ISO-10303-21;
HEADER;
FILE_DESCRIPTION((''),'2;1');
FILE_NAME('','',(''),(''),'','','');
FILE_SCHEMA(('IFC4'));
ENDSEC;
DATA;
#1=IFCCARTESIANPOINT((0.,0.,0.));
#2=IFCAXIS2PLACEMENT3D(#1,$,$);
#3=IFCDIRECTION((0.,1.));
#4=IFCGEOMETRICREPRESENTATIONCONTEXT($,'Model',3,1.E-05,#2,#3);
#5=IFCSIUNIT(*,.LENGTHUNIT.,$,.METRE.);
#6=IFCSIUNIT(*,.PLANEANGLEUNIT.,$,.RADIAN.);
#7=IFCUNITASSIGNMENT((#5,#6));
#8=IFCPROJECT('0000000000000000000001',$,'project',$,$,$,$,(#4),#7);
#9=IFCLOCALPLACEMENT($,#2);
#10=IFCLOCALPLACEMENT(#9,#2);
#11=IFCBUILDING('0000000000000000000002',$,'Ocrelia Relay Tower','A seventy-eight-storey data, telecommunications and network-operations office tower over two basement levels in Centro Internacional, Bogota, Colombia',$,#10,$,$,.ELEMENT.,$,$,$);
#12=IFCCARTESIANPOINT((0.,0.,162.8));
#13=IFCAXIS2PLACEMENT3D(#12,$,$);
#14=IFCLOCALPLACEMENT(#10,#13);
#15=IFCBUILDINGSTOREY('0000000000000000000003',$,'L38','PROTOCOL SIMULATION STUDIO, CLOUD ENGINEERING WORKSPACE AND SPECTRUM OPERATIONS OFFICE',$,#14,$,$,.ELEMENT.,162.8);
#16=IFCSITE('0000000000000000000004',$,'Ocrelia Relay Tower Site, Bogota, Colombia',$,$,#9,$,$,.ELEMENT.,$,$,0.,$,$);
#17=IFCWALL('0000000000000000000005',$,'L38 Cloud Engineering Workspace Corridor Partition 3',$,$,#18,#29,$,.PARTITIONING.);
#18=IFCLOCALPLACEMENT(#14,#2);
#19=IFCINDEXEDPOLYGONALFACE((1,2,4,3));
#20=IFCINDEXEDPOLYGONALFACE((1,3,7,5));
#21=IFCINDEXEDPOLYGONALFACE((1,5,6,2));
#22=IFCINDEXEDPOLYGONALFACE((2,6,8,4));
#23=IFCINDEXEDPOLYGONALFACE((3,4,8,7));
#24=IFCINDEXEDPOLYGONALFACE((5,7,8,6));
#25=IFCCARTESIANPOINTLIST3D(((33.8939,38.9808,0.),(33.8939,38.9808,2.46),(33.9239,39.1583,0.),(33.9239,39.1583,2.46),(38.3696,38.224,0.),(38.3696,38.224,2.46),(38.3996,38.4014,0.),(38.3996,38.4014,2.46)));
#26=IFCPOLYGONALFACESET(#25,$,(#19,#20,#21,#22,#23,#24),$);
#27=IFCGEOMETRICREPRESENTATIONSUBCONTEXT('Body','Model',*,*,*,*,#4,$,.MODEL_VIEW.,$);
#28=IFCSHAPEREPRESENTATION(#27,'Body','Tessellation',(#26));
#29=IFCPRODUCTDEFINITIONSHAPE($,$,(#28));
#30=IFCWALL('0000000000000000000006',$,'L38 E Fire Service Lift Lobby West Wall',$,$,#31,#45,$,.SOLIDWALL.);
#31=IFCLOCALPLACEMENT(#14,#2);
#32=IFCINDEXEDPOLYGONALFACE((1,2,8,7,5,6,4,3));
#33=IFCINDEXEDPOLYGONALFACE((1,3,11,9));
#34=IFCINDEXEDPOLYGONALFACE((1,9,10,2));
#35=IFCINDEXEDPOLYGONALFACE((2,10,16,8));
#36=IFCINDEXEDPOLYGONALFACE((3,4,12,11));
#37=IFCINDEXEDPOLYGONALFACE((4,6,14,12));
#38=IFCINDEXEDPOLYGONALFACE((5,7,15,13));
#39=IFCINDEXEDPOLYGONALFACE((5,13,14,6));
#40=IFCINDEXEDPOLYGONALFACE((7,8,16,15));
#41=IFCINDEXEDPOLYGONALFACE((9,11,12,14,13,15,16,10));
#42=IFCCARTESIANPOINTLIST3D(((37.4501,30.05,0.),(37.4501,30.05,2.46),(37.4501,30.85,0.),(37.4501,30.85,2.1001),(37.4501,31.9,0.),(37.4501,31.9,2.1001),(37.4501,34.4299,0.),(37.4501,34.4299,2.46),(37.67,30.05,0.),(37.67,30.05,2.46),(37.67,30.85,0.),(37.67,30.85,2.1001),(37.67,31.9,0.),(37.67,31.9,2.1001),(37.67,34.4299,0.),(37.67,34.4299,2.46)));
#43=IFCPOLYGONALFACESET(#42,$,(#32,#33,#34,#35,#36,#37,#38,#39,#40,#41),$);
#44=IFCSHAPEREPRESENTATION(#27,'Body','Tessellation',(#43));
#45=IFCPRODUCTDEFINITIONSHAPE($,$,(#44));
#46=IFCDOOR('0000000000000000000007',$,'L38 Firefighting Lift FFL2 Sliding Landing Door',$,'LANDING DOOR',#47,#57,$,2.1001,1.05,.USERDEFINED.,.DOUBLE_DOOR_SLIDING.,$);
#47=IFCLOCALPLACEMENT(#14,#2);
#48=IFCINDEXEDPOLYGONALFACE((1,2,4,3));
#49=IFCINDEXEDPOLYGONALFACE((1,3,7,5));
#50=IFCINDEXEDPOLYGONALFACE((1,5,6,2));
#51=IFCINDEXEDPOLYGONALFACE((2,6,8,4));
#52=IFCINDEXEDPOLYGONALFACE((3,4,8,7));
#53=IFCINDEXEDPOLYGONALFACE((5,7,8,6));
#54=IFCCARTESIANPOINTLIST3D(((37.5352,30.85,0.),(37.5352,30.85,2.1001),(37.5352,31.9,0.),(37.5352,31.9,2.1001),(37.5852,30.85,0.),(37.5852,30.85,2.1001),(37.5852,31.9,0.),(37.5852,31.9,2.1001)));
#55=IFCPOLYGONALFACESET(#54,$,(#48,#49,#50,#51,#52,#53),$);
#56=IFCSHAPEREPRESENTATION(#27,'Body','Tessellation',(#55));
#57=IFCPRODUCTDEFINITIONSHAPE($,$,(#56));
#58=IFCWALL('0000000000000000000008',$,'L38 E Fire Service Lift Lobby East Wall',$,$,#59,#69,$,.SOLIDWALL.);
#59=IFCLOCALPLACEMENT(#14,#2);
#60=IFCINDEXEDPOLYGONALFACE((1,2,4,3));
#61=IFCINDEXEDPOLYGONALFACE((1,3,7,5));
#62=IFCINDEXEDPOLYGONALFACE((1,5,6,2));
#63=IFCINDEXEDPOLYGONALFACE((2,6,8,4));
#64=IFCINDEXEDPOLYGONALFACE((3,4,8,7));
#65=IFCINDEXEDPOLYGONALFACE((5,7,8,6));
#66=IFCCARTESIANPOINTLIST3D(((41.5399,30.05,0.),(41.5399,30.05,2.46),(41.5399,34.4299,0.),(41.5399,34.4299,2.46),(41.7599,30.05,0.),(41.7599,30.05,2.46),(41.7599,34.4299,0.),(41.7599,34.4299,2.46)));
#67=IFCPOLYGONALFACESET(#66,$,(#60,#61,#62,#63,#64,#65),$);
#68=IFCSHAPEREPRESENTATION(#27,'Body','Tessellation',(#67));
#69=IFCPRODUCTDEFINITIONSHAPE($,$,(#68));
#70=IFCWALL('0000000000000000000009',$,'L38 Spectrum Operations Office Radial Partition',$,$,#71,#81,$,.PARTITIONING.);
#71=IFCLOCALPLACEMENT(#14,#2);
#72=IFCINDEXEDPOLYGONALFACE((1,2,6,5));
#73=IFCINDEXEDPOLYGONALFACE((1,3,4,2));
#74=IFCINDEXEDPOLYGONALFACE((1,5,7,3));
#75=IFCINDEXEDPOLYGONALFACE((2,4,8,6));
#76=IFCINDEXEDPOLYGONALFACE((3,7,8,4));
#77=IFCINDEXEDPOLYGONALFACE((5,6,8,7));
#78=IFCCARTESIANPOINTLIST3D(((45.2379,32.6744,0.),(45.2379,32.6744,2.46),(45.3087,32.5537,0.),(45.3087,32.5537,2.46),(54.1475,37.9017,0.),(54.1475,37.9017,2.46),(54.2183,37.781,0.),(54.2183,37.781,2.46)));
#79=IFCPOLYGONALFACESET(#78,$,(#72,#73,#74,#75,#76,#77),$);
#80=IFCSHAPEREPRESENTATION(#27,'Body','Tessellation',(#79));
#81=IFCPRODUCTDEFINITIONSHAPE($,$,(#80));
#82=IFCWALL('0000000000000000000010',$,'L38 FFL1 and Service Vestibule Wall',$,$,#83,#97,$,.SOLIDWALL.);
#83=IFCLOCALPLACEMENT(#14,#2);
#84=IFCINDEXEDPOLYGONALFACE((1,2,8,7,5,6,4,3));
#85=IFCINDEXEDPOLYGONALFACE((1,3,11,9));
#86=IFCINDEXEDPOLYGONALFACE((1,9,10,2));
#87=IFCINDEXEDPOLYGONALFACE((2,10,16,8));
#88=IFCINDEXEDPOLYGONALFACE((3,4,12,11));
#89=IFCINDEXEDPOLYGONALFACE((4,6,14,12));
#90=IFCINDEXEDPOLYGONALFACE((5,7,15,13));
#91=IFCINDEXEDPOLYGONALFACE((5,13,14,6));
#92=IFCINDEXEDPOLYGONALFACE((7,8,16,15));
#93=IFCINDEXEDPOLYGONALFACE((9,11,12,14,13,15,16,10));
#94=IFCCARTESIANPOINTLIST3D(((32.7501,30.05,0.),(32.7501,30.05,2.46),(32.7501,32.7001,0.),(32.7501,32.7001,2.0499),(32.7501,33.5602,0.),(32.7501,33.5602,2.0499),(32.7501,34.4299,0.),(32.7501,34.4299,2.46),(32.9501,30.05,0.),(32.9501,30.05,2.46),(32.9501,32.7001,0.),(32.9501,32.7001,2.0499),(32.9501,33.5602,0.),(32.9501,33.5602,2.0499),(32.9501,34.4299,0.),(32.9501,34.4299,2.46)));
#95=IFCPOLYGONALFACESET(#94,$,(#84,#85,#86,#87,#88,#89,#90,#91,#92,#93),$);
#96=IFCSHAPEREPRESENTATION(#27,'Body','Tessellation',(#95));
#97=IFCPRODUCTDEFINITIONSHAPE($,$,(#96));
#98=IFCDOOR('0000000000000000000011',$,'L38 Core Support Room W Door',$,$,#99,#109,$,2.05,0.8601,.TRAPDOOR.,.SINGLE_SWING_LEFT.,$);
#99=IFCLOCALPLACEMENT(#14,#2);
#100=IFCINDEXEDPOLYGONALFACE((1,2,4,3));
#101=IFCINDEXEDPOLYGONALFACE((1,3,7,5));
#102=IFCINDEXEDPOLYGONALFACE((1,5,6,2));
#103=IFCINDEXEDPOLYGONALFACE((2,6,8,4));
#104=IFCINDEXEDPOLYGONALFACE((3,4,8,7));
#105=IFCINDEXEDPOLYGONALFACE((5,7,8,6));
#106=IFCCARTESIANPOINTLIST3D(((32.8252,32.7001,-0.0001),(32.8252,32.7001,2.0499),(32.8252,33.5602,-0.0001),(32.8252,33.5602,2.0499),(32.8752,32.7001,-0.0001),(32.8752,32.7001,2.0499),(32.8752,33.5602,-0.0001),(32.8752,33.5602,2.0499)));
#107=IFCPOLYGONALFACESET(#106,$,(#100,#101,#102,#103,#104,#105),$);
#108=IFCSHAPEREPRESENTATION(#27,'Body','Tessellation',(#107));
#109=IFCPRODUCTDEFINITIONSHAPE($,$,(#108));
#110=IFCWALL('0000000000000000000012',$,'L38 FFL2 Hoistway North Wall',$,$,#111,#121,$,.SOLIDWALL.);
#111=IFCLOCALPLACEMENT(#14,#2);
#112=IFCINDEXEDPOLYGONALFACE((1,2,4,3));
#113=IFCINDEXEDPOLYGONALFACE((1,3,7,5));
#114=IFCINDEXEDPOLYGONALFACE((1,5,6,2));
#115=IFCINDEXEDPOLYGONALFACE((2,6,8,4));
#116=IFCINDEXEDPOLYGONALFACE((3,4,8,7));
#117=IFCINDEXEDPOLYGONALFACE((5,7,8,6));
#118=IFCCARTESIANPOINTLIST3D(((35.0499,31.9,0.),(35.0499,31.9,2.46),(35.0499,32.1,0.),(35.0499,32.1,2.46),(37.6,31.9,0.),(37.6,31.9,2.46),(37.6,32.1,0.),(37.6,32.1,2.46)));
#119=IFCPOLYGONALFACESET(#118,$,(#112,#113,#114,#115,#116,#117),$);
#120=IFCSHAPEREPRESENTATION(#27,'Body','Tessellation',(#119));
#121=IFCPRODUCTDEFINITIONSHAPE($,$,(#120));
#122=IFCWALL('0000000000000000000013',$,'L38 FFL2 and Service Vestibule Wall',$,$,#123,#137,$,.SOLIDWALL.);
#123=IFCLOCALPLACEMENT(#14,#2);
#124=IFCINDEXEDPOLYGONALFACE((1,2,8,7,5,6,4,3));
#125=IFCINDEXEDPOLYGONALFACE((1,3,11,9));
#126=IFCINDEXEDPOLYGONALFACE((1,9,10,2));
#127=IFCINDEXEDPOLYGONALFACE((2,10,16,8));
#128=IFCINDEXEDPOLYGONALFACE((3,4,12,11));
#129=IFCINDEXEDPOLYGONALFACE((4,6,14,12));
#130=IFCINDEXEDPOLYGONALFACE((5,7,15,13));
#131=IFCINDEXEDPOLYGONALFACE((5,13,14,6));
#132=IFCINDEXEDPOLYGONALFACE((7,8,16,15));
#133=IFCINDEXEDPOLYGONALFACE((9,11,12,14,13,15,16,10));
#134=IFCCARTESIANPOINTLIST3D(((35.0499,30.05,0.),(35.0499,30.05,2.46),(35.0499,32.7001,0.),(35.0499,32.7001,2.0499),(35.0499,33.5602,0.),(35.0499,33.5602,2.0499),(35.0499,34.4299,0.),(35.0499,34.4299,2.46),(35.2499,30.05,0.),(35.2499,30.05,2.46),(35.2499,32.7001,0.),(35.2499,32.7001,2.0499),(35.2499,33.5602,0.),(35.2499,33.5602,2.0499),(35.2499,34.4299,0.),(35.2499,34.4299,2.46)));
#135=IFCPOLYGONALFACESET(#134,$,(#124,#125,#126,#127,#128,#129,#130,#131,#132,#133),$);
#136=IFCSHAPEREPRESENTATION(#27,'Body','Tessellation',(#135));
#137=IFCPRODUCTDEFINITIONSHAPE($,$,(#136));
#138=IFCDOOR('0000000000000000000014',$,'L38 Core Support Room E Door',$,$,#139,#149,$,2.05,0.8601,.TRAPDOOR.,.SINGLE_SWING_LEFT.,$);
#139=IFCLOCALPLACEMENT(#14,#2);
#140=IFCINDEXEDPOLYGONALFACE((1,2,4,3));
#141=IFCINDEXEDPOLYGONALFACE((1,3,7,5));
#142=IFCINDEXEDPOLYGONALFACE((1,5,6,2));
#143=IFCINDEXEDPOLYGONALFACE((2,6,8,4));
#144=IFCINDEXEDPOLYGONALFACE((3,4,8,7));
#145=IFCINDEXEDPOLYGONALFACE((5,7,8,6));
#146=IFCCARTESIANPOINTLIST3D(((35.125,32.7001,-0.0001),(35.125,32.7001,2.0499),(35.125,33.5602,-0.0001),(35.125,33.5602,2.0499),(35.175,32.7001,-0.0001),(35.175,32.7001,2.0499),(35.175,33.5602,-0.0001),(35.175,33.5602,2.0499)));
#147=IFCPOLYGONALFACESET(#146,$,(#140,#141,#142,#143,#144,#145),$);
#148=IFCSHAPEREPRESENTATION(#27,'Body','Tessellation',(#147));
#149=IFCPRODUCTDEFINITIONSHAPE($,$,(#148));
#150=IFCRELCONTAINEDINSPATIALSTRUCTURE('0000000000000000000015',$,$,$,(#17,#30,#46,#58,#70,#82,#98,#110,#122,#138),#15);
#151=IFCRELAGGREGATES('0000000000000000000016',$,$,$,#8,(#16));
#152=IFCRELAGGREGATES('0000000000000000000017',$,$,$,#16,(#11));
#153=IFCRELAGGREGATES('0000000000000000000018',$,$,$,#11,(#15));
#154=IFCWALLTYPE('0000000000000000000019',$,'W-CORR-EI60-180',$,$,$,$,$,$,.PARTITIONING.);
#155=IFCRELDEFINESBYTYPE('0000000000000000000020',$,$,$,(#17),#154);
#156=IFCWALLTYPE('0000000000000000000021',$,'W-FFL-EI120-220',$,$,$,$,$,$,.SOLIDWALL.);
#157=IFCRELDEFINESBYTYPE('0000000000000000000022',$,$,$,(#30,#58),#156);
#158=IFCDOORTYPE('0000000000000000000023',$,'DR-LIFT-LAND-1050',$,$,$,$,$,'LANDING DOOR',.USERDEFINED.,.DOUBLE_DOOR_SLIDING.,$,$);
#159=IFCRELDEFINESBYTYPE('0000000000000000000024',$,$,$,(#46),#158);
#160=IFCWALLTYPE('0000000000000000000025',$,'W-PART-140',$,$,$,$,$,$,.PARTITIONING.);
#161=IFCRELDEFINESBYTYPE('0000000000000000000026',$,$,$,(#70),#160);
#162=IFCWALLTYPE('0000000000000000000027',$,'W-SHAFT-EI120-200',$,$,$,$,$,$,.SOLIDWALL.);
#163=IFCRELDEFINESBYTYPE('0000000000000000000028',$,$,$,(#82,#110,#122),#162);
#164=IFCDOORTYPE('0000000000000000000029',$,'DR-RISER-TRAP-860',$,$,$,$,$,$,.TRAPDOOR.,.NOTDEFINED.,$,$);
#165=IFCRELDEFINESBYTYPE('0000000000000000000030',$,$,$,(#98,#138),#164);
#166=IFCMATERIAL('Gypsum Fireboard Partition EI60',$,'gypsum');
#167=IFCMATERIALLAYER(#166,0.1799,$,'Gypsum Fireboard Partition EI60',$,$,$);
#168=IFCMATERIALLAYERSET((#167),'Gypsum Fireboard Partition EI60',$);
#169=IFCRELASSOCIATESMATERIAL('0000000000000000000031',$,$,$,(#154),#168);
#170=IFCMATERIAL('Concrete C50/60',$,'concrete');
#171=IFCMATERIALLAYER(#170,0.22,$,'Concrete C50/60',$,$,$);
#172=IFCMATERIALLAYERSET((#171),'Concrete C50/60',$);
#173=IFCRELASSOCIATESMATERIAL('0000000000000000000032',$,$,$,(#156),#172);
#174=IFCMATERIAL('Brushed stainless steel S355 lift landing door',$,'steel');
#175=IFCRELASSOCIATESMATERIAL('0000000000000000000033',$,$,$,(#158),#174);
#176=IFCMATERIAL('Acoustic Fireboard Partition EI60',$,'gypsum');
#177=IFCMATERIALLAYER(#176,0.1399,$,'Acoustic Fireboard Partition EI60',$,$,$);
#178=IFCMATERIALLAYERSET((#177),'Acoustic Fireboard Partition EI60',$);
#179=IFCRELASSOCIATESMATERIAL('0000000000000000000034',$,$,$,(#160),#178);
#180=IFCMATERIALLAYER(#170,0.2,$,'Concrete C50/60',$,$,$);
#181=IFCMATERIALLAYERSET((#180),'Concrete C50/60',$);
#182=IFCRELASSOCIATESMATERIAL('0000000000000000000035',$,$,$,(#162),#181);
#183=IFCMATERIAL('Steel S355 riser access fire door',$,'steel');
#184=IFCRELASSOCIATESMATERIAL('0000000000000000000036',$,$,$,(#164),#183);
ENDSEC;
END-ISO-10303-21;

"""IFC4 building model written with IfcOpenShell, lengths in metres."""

from ifc_helpers import new_model, si_unit, direction, frame, frame_2d, origin, place, context, subcontext, project, spatial, rectangle, extrude, material, layer, layer_set, type_object, element, fill, save


model = new_model("IFC4")

# Units and contexts
model_context = context("Model", 3, precision=1e-05, world=origin(), true_north=direction((0.0, 1.0)))
body_context = subcontext(model_context, "Body", "Model", "MODEL_VIEW")
ifc_project = project(units=[si_unit("LENGTHUNIT", "METRE"), si_unit("PLANEANGLEUNIT", "RADIAN")], contexts=[model_context])

# Site, building, storey
site_placement = place(None, origin())
site = spatial("IfcSite", under=ifc_project, at=site_placement, Name="Ocrelia Relay Tower Site, Bogota, Colombia", CompositionType="ELEMENT", RefElevation=0.0)
building_placement = place(site_placement, origin())
building = spatial("IfcBuilding", under=site, at=building_placement, Name="Ocrelia Relay Tower", Description="A seventy-eight-storey data, telecommunications and network-operations office tower over two basement levels in Centro Internacional, Bogota, Colombia", CompositionType="ELEMENT")
storey_placement = place(building_placement, frame((0.0, 0.0, 162.8)))
storey = spatial("IfcBuildingStorey", under=building, at=storey_placement, Name="L38", Description="PROTOCOL SIMULATION STUDIO, CLOUD ENGINEERING WORKSPACE AND SPECTRUM OPERATIONS OFFICE", CompositionType="ELEMENT", Elevation=162.8)

# Shared definitions
ifc_material_1 = material(Name="Gypsum Fireboard Partition EI60", Category="gypsum")
ifc_layer_1 = layer(ifc_material_1, 0.1799, Name="Gypsum Fireboard Partition EI60")
ifc_layer_set_1 = layer_set([ifc_layer_1], Name="Gypsum Fireboard Partition EI60")
wall_type_1 = type_object("IfcWallType", Name="W-CORR-EI60-180", PredefinedType="PARTITIONING", material=ifc_layer_set_1)

# Wall
wall_1_placement = place(storey_placement, frame((38.3845, 38.3127, 0.0), z_axis=(0.0, 0.0, 1.0), x_axis=(-0.986003, 0.166727, 0.0)))
element("IfcWall", 1, at=wall_1_placement, inside=storey, type_object=wall_type_1, Name="L38 Cloud Engineering Workspace Corridor Partition 3", PredefinedType="PARTITIONING", context=body_context, shape_type="SweptSolid", body=[
    extrude(rectangle(XDim=4.5393, YDim=0.1799, at=frame_2d((2.2695, 0.0))), origin(), (0.0, 0.0, 1.0), 2.46),
])

# Wall, opening, door
ifc_material_2 = material(Name="Concrete C50/60", Category="concrete")
ifc_layer_2 = layer(ifc_material_2, 0.22, Name="Concrete C50/60")
ifc_layer_set_2 = layer_set([ifc_layer_2], Name="Concrete C50/60")
wall_type_2 = type_object("IfcWallType", Name="W-FFL-EI120-220", PredefinedType="SOLIDWALL", material=ifc_layer_set_2)
wall_2_placement = place(storey_placement, frame((37.5601, 30.05, 0.0), z_axis=(0.0, 0.0, 1.0), x_axis=(0.0, 1.0, 0.0)))
wall_2 = element("IfcWall", 2, at=wall_2_placement, inside=storey, type_object=wall_type_2, Name="L38 E Fire Service Lift Lobby West Wall", PredefinedType="SOLIDWALL", context=body_context, shape_type="SweptSolid", body=[
    extrude(rectangle(XDim=4.3799, YDim=0.22, at=frame_2d((2.1899, 0.0))), origin(), (0.0, 0.0, 1.0), 2.46),
])
opening_1_placement = place(wall_2_placement, frame((0.8, 0.0, 0.0)))
opening_1 = element("IfcOpeningElement", 3, at=opening_1_placement, cuts=wall_2, PredefinedType="OPENING", context=body_context, shape_type="SweptSolid", body=[
    extrude(rectangle(XDim=1.05, YDim=2.1001, at=frame_2d((0.5249, 1.05))), frame((0.0, 0.1201, 0.0), z_axis=(0.0, -1.0, 0.0), x_axis=(1.0, 0.0, 0.0)), (0.0, 0.0, 1.0), 0.24),
])
ifc_material_3 = material(Name="Brushed stainless steel S355 lift landing door", Category="steel")
door_type_1 = type_object("IfcDoorType", Name="DR-LIFT-LAND-1050", ElementType="LANDING DOOR", OperationType="DOUBLE_DOOR_SLIDING", PredefinedType="USERDEFINED", material=ifc_material_3)
door_1_placement = place(opening_1_placement, origin())
door_1 = element("IfcDoor", 4, at=door_1_placement, inside=storey, type_object=door_type_1, Name="L38 Firefighting Lift FFL2 Sliding Landing Door", ObjectType="LANDING DOOR", OperationType="DOUBLE_DOOR_SLIDING", OverallHeight=2.1001, OverallWidth=1.05, PredefinedType="USERDEFINED", context=body_context, shape_type="SweptSolid", body=[
    extrude(rectangle(XDim=1.05, YDim=2.1001, at=frame_2d((0.5249, 1.05))), frame((0.0, 0.0249, 0.0), z_axis=(0.0, -1.0, 0.0), x_axis=(1.0, 0.0, 0.0)), (0.0, 0.0, 1.0), 0.05),
])
fill(opening_1, door_1)

# Wall
wall_3_placement = place(storey_placement, frame((41.6499, 30.05, 0.0), z_axis=(0.0, 0.0, 1.0), x_axis=(0.0, 1.0, 0.0)))
element("IfcWall", 5, at=wall_3_placement, inside=storey, type_object=wall_type_2, Name="L38 E Fire Service Lift Lobby East Wall", PredefinedType="SOLIDWALL", context=body_context, shape_type="SweptSolid", body=[
    extrude(rectangle(XDim=4.3799, YDim=0.22, at=frame_2d((2.1899, 0.0))), origin(), (0.0, 0.0, 1.0), 2.46),
])

# Wall
ifc_material_4 = material(Name="Acoustic Fireboard Partition EI60", Category="gypsum")
ifc_layer_3 = layer(ifc_material_4, 0.1399, Name="Acoustic Fireboard Partition EI60")
ifc_layer_set_3 = layer_set([ifc_layer_3], Name="Acoustic Fireboard Partition EI60")
wall_type_3 = type_object("IfcWallType", Name="W-PART-140", PredefinedType="PARTITIONING", material=ifc_layer_set_3)
wall_4_placement = place(storey_placement, frame((45.2732, 32.614, 0.0), z_axis=(0.0, 0.0, 1.0), x_axis=(0.862513, 0.506035, 0.0)))
element("IfcWall", 6, at=wall_4_placement, inside=storey, type_object=wall_type_3, Name="L38 Spectrum Operations Office Radial Partition", PredefinedType="PARTITIONING", context=body_context, shape_type="SweptSolid", body=[
    extrude(rectangle(XDim=10.3298, YDim=0.1399, at=frame_2d((5.165, 0.0))), origin(), (0.0, 0.0, 1.0), 2.46),
])

# Wall, opening, door
ifc_layer_4 = layer(ifc_material_2, 0.2, Name="Concrete C50/60")
ifc_layer_set_4 = layer_set([ifc_layer_4], Name="Concrete C50/60")
wall_type_4 = type_object("IfcWallType", Name="W-SHAFT-EI120-200", PredefinedType="SOLIDWALL", material=ifc_layer_set_4)
wall_5_placement = place(storey_placement, frame((32.8501, 30.05, 0.0), z_axis=(0.0, 0.0, 1.0), x_axis=(0.0, 1.0, 0.0)))
wall_5 = element("IfcWall", 7, at=wall_5_placement, inside=storey, type_object=wall_type_4, Name="L38 FFL1 and Service Vestibule Wall", PredefinedType="SOLIDWALL", context=body_context, shape_type="SweptSolid", body=[
    extrude(rectangle(XDim=4.3799, YDim=0.2, at=frame_2d((2.1899, 0.0))), origin(), (0.0, 0.0, 1.0), 2.46),
])
opening_2_placement = place(wall_5_placement, frame((2.6499, 0.0, 0.0)))
opening_2 = element("IfcOpeningElement", 8, at=opening_2_placement, cuts=wall_5, PredefinedType="OPENING", context=body_context, shape_type="SweptSolid", body=[
    extrude(rectangle(XDim=0.8601, YDim=2.05, at=frame_2d((0.4302, 1.0249))), frame((0.0, 0.1099, 0.0), z_axis=(0.0, -1.0, 0.0), x_axis=(1.0, 0.0, 0.0)), (0.0, 0.0, 1.0), 0.22),
])
ifc_material_5 = material(Name="Steel S355 riser access fire door", Category="steel")
door_type_2 = type_object("IfcDoorType", Name="DR-RISER-TRAP-860", OperationType="NOTDEFINED", PredefinedType="TRAPDOOR", material=ifc_material_5)
door_2_placement = place(opening_2_placement, origin())
door_2 = element("IfcDoor", 9, at=door_2_placement, inside=storey, type_object=door_type_2, Name="L38 Core Support Room W Door", OperationType="SINGLE_SWING_LEFT", OverallHeight=2.05, OverallWidth=0.8601, PredefinedType="TRAPDOOR", context=body_context, shape_type="SweptSolid", body=[
    extrude(rectangle(XDim=0.8601, YDim=2.05, at=frame_2d((0.4302, 1.0249))), frame((0.0, 0.0249, 0.0), z_axis=(0.0, -1.0, 0.0), x_axis=(1.0, 0.0, 0.0)), (0.0, 0.0, 1.0), 0.05),
])
fill(opening_2, door_2)

# Wall
wall_6_placement = place(storey_placement, frame((35.05, 32.0, 0.0), z_axis=(0.0, 0.0, 1.0), x_axis=(1.0, 0.0, 0.0)))
element("IfcWall", 10, at=wall_6_placement, inside=storey, type_object=wall_type_4, Name="L38 FFL2 Hoistway North Wall", PredefinedType="SOLIDWALL", context=body_context, shape_type="SweptSolid", body=[
    extrude(rectangle(XDim=2.55, YDim=0.2, at=frame_2d((1.2749, 0.0))), origin(), (0.0, 0.0, 1.0), 2.46),
])

# Wall, opening, door
wall_7_placement = place(storey_placement, frame((35.1499, 30.05, 0.0), z_axis=(0.0, 0.0, 1.0), x_axis=(0.0, 1.0, 0.0)))
wall_7 = element("IfcWall", 11, at=wall_7_placement, inside=storey, type_object=wall_type_4, Name="L38 FFL2 and Service Vestibule Wall", PredefinedType="SOLIDWALL", context=body_context, shape_type="SweptSolid", body=[
    extrude(rectangle(XDim=4.3799, YDim=0.2, at=frame_2d((2.1899, 0.0))), origin(), (0.0, 0.0, 1.0), 2.46),
])
opening_3_placement = place(wall_7_placement, frame((2.6499, 0.0, 0.0)))
opening_3 = element("IfcOpeningElement", 12, at=opening_3_placement, cuts=wall_7, PredefinedType="OPENING", context=body_context, shape_type="SweptSolid", body=[
    extrude(rectangle(XDim=0.8601, YDim=2.05, at=frame_2d((0.4302, 1.0249))), frame((0.0, 0.1099, 0.0), z_axis=(0.0, -1.0, 0.0), x_axis=(1.0, 0.0, 0.0)), (0.0, 0.0, 1.0), 0.22),
])
door_3_placement = place(opening_3_placement, origin())
door_3 = element("IfcDoor", 13, at=door_3_placement, inside=storey, type_object=door_type_2, Name="L38 Core Support Room E Door", OperationType="SINGLE_SWING_LEFT", OverallHeight=2.05, OverallWidth=0.8601, PredefinedType="TRAPDOOR", context=body_context, shape_type="SweptSolid", body=[
    extrude(rectangle(XDim=0.8601, YDim=2.05, at=frame_2d((0.4302, 1.0249))), frame((0.0, 0.0249, 0.0), z_axis=(0.0, -1.0, 0.0), x_axis=(1.0, 0.0, 0.0)), (0.0, 0.0, 1.0), 0.05),
])
fill(opening_3, door_3)

save(model, "model.ifc")
